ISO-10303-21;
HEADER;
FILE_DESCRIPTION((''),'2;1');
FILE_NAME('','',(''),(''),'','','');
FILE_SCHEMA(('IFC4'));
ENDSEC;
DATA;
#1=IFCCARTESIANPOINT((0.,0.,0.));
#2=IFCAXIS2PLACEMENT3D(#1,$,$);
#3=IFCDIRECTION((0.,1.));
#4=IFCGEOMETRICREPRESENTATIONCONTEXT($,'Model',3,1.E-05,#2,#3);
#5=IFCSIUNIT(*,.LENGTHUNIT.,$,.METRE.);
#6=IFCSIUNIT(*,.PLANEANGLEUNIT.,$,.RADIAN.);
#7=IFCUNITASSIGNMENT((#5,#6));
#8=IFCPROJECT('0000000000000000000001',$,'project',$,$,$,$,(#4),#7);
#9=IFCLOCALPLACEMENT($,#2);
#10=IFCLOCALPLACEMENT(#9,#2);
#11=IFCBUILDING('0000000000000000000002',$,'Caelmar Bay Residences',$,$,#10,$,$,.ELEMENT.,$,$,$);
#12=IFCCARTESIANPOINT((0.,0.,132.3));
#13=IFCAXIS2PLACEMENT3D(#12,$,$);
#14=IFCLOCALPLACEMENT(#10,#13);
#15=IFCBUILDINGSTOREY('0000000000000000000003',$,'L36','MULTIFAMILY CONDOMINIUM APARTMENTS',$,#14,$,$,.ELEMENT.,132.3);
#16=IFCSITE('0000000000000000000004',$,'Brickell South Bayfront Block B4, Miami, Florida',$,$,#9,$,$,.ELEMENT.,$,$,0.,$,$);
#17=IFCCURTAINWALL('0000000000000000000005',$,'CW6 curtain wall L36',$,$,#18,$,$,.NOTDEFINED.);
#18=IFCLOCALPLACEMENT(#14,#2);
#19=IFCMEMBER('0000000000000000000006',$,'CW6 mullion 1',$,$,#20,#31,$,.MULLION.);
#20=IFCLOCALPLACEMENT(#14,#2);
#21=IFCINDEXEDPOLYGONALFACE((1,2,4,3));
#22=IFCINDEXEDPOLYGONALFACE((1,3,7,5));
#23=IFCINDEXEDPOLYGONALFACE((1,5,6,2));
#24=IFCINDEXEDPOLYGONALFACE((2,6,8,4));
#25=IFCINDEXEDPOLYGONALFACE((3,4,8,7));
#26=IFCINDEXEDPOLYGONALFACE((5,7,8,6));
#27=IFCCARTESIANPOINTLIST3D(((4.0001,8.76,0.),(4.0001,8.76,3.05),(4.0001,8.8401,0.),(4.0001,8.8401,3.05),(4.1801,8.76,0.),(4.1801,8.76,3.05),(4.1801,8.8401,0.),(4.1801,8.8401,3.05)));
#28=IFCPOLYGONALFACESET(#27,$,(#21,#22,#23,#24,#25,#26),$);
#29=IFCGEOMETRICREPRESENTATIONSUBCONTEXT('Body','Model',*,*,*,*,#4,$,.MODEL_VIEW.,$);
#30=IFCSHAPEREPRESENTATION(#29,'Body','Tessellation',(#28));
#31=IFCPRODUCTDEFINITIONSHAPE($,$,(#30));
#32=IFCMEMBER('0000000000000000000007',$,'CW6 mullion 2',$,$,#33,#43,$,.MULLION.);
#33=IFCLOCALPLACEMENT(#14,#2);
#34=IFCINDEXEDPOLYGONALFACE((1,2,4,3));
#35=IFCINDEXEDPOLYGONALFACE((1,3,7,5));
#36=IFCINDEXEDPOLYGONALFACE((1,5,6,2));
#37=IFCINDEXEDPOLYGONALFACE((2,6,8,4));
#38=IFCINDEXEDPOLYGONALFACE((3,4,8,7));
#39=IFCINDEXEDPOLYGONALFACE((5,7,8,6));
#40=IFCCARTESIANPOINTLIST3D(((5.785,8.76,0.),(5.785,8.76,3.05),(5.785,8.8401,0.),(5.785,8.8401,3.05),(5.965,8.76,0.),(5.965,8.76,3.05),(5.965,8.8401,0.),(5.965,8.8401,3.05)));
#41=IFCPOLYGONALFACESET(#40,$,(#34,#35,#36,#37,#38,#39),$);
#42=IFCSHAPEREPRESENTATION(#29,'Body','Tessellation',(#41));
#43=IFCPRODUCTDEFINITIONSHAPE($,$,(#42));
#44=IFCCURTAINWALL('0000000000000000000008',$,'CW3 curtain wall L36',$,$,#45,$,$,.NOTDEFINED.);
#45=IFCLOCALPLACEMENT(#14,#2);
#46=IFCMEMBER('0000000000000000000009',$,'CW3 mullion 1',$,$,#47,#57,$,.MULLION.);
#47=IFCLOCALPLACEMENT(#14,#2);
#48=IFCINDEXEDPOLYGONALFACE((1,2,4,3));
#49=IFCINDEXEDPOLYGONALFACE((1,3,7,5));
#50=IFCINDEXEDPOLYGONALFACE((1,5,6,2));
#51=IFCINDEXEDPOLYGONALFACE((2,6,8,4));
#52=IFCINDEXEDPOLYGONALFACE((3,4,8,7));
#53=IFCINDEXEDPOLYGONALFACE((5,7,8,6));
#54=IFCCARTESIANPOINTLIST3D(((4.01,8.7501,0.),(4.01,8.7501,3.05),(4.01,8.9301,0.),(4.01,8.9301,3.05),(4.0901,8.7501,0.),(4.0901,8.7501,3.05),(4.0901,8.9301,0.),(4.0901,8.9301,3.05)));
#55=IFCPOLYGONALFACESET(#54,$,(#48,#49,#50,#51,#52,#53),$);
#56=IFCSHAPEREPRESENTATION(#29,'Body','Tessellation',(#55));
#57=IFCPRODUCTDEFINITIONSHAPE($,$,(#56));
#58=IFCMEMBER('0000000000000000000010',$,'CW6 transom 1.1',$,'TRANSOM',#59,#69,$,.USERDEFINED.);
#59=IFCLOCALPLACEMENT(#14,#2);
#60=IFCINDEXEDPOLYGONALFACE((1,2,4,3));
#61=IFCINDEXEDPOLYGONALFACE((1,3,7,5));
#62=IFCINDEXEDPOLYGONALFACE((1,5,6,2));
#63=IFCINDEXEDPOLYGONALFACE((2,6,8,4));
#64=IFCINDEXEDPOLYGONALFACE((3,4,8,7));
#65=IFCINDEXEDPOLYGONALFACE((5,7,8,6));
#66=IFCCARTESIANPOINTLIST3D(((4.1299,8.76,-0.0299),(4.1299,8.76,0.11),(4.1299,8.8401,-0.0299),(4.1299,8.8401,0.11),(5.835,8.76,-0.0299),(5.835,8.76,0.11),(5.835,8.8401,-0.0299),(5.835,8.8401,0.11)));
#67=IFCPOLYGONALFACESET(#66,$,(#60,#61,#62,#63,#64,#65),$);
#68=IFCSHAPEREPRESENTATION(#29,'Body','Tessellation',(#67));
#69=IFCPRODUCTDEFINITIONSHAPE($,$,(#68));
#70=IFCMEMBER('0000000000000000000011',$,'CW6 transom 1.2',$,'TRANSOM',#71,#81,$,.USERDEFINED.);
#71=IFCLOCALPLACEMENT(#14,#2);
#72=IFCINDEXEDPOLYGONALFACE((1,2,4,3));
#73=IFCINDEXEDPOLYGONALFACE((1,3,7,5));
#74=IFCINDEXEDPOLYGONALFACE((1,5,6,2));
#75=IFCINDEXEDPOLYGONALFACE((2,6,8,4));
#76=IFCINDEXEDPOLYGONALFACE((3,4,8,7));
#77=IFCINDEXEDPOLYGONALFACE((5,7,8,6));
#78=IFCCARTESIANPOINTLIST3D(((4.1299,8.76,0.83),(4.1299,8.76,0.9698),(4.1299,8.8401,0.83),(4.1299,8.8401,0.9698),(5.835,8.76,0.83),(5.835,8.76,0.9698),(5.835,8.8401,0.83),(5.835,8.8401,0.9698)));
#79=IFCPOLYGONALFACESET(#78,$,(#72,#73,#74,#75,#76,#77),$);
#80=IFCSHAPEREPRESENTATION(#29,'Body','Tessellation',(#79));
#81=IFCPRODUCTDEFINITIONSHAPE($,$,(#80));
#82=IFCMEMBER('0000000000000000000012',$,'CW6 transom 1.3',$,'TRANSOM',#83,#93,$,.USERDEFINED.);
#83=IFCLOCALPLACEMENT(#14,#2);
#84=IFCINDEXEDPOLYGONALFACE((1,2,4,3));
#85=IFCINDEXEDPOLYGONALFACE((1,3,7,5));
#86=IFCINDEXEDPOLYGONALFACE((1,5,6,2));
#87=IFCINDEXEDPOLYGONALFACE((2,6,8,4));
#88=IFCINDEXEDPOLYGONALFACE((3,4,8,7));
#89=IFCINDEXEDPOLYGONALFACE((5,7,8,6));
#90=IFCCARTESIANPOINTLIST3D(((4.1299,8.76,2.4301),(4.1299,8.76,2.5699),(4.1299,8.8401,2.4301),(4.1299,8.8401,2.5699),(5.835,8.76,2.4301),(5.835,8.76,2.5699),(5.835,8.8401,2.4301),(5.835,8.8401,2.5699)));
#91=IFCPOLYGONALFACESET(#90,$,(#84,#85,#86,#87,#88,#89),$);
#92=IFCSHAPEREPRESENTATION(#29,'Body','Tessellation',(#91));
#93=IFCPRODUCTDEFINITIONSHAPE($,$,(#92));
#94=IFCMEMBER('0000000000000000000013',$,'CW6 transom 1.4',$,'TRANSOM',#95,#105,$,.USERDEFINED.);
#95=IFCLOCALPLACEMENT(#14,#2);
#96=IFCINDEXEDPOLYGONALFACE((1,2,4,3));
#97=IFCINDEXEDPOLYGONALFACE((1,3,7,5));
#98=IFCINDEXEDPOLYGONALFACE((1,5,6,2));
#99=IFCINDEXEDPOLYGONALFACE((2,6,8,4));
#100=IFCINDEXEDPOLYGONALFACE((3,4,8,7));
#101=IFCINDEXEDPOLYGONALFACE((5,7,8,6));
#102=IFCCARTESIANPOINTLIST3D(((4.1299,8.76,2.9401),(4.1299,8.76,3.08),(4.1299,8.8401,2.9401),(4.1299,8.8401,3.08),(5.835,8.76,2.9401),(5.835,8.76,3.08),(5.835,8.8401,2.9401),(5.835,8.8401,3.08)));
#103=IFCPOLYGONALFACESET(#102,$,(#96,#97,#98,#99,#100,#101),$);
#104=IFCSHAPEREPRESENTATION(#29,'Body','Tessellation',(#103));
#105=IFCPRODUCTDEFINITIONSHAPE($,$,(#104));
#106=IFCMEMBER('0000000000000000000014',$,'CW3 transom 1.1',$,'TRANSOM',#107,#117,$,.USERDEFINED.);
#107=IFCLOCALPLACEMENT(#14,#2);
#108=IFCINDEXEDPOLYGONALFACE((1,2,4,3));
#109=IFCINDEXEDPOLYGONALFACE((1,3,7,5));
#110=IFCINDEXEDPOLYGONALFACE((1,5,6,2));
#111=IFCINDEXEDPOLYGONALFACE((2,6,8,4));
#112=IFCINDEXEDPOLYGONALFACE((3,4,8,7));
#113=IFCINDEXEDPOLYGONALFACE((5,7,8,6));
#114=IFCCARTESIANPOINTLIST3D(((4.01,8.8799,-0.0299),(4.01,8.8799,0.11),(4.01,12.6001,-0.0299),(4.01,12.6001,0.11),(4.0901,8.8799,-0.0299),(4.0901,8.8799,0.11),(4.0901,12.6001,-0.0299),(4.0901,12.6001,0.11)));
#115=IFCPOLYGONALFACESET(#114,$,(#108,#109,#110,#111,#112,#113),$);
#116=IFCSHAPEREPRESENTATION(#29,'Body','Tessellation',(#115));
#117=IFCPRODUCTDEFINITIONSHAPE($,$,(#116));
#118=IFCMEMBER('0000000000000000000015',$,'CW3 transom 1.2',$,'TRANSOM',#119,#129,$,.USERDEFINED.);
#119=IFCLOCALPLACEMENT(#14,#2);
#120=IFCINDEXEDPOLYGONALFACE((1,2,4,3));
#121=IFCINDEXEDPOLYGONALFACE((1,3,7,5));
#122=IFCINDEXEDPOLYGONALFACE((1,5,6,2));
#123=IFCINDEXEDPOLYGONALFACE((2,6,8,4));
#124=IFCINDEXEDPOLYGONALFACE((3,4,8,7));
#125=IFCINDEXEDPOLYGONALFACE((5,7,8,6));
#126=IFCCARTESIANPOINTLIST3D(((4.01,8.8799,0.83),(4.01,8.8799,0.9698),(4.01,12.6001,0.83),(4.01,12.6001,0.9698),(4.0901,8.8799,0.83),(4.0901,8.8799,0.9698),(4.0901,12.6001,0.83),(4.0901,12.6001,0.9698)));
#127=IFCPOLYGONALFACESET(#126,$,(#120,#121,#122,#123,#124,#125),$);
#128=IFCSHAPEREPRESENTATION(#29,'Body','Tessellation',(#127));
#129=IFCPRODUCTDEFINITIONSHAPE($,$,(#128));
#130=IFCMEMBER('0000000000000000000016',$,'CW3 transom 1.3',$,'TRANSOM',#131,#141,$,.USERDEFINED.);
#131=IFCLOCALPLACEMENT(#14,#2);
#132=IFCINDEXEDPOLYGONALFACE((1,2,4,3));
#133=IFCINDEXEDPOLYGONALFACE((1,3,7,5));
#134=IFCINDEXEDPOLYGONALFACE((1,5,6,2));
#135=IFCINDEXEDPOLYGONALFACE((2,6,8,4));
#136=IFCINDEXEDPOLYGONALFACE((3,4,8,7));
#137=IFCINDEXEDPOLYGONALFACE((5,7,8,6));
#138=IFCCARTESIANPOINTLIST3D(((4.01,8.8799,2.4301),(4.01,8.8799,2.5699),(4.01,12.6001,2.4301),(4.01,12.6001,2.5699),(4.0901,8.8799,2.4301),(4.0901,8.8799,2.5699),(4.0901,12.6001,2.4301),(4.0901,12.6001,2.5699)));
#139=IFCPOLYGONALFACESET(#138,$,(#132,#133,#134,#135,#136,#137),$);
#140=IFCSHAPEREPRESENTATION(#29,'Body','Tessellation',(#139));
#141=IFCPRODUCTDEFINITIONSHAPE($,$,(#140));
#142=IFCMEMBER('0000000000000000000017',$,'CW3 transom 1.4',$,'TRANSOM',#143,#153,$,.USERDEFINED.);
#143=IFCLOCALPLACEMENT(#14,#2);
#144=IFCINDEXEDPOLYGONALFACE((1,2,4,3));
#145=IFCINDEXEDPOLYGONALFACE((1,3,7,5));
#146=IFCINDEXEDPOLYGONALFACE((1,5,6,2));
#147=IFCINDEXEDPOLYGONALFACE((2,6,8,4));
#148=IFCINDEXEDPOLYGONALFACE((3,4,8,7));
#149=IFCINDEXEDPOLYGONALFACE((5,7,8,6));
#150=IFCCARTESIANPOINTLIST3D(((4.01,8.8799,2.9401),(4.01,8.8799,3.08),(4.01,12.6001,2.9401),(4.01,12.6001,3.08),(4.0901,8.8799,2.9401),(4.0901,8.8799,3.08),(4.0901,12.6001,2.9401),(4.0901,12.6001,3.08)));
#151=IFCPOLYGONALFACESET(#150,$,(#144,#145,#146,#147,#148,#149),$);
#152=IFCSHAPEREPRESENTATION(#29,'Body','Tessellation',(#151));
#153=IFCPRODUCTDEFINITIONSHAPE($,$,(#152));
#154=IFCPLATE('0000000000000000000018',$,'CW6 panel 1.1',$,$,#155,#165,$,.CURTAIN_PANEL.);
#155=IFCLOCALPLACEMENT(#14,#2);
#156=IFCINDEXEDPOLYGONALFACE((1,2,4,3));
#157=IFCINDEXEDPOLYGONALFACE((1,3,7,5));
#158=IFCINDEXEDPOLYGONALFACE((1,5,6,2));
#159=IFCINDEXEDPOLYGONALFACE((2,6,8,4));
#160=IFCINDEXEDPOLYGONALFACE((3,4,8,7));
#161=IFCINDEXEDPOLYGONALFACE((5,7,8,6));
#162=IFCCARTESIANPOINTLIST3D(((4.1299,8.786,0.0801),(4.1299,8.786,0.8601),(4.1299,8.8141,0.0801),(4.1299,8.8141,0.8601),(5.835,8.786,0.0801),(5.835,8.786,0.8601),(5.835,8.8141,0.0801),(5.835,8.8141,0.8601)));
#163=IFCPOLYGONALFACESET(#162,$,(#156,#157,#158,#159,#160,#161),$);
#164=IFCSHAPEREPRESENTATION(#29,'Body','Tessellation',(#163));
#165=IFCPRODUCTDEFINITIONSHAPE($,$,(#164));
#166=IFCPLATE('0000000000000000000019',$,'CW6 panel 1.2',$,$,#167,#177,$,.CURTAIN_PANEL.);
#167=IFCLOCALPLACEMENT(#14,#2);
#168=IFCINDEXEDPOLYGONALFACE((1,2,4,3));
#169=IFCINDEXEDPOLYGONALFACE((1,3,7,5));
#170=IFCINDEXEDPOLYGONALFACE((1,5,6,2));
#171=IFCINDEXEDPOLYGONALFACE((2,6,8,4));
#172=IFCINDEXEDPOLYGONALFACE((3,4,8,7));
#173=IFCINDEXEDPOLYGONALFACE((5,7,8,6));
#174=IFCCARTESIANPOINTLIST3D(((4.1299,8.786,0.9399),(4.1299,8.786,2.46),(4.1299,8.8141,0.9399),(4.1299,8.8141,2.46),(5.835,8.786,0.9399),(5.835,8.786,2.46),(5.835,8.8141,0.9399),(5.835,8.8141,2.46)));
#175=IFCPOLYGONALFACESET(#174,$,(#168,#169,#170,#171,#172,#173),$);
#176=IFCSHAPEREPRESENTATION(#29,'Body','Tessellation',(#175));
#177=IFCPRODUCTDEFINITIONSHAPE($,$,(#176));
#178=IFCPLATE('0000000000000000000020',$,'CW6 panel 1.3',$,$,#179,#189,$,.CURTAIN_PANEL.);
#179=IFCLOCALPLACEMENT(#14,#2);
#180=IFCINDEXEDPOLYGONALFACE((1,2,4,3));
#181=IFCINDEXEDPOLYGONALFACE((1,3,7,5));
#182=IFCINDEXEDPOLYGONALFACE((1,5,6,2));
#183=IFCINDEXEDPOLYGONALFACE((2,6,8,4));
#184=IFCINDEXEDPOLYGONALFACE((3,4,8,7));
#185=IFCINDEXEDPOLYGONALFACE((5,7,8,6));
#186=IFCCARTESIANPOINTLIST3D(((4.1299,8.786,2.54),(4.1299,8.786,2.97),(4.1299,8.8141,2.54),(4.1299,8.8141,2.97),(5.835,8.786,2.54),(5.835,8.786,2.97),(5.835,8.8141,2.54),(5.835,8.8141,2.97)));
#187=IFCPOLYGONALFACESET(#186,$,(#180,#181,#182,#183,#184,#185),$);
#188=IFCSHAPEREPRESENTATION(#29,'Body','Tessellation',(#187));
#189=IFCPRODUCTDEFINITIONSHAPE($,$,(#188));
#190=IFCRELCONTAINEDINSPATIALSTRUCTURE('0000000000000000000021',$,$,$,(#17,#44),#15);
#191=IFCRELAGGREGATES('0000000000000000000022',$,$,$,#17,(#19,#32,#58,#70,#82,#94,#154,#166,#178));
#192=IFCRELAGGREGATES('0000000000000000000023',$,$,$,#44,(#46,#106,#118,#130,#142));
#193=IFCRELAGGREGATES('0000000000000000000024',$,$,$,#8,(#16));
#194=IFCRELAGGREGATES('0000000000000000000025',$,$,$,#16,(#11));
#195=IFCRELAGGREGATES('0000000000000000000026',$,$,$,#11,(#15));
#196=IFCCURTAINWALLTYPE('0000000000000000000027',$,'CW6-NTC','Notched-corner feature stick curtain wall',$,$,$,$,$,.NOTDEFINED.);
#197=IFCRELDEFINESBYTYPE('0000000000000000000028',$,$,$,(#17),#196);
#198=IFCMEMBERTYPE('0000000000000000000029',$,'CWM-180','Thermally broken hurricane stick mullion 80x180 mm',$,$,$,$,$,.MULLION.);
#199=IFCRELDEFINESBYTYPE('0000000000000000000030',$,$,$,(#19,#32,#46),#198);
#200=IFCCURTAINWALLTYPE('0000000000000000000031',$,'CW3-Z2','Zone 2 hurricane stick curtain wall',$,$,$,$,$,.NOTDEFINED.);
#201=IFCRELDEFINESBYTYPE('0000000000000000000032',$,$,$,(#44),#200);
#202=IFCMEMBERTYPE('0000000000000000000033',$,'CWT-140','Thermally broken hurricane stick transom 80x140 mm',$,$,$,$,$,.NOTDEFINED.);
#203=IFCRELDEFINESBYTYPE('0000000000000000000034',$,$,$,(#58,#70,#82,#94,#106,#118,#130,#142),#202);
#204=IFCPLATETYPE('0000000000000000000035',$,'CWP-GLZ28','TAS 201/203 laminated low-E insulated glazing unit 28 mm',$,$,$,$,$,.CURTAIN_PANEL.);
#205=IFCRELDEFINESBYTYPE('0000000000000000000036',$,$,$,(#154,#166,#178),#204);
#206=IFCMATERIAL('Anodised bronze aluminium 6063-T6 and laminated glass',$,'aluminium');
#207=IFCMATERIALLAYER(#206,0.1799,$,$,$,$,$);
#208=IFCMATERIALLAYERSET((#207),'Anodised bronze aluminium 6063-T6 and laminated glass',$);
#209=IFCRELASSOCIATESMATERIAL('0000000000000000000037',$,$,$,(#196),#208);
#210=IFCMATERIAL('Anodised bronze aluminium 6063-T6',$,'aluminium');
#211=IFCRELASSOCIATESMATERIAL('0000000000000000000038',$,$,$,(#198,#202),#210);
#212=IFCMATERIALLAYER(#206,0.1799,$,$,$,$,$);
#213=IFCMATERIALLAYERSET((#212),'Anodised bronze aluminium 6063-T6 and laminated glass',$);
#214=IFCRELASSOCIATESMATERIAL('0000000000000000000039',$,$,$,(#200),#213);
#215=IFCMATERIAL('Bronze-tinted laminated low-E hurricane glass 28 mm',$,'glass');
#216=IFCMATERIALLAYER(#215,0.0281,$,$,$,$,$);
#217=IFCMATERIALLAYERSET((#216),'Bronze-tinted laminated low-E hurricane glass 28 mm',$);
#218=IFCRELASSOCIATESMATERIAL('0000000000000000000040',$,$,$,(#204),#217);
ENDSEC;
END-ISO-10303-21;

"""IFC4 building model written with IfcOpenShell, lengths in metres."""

from ifc_helpers import new_model, si_unit, direction, frame, origin, origin_2d, place, context, subcontext, project, spatial, rectangle, extrude, material, layer, layer_set, material_profile, profile_set, type_object, element, aggregate, save


model = new_model("IFC4")

# Units and contexts
model_context = context("Model", 3, precision=1e-05, world=origin(), true_north=direction((0.0, 1.0)))
body_context = subcontext(model_context, "Body", "Model", "MODEL_VIEW")
ifc_project = project(units=[si_unit("LENGTHUNIT", "METRE"), si_unit("PLANEANGLEUNIT", "RADIAN")], contexts=[model_context])

# Site, building, storey
site_placement = place(None, origin())
site = spatial("IfcSite", under=ifc_project, at=site_placement, Name="Brickell South Bayfront Block B4, Miami, Florida", CompositionType="ELEMENT", RefElevation=0.0)
building_placement = place(site_placement, origin())
building = spatial("IfcBuilding", under=site, at=building_placement, Name="Caelmar Bay Residences", CompositionType="ELEMENT")
storey_placement = place(building_placement, frame((0.0, 0.0, 132.3)))
storey = spatial("IfcBuildingStorey", under=building, at=storey_placement, Name="L36", Description="MULTIFAMILY CONDOMINIUM APARTMENTS", CompositionType="ELEMENT", Elevation=132.3)

# Curtain wall, members
ifc_material_1 = material(Name="Anodised bronze aluminium 6063-T6 and laminated glass", Category="aluminium")
ifc_layer_1 = layer(ifc_material_1, 0.1799)
ifc_layer_set_1 = layer_set([ifc_layer_1], Name="Anodised bronze aluminium 6063-T6 and laminated glass")
curtain_wall_type_1 = type_object("IfcCurtainWallType", Name="CW6-NTC", Description="Notched-corner feature stick curtain wall", PredefinedType="NOTDEFINED", material=ifc_layer_set_1)
curtain_wall_1_placement = place(storey_placement, origin())
curtain_wall_1 = element("IfcCurtainWall", 1, at=curtain_wall_1_placement, inside=storey, type_object=curtain_wall_type_1, Name="CW6 curtain wall L36", PredefinedType="NOTDEFINED")
ifc_material_2 = material(Name="Anodised bronze aluminium 6063-T6", Category="aluminium")
ifc_material_profile_1 = material_profile(ifc_material_2, rectangle(XDim=0.0801, YDim=0.1799, at=origin_2d()), Name="CWM-80X180")
ifc_profile_set_1 = profile_set([ifc_material_profile_1], Name="Anodised bronze aluminium 6063-T6")
member_type_1 = type_object("IfcMemberType", Name="CWM-180", Description="Thermally broken hurricane stick mullion 80x180 mm", PredefinedType="MULLION", material=ifc_profile_set_1)
member_1_placement = place(storey_placement, frame((4.0901, 8.8, 0.0), z_axis=(0.0, 0.0, 1.0), x_axis=(0.0, 1.0, 0.0)))
member_1 = element("IfcMember", 2, at=member_1_placement, type_object=member_type_1, Name="CW6 mullion 1", PredefinedType="MULLION", context=body_context, shape_type="SweptSolid", body=[
    extrude(rectangle(XDim=0.0801, YDim=0.1799, at=origin_2d()), origin(), (0.0, 0.0, 1.0), 3.05),
])
member_2_placement = place(storey_placement, frame((5.875, 8.8, 0.0), z_axis=(0.0, 0.0, 1.0), x_axis=(0.0, 1.0, 0.0)))
member_2 = element("IfcMember", 3, at=member_2_placement, type_object=member_type_1, Name="CW6 mullion 2", PredefinedType="MULLION", context=body_context, shape_type="SweptSolid", body=[
    extrude(rectangle(XDim=0.0801, YDim=0.1799, at=origin_2d()), origin(), (0.0, 0.0, 1.0), 3.05),
])

# Curtain wall, member
ifc_layer_2 = layer(ifc_material_1, 0.1799)
ifc_layer_set_2 = layer_set([ifc_layer_2], Name="Anodised bronze aluminium 6063-T6 and laminated glass")
curtain_wall_type_2 = type_object("IfcCurtainWallType", Name="CW3-Z2", Description="Zone 2 hurricane stick curtain wall", PredefinedType="NOTDEFINED", material=ifc_layer_set_2)
curtain_wall_2_placement = place(storey_placement, origin())
curtain_wall_2 = element("IfcCurtainWall", 4, at=curtain_wall_2_placement, inside=storey, type_object=curtain_wall_type_2, Name="CW3 curtain wall L36", PredefinedType="NOTDEFINED")
member_3_placement = place(storey_placement, frame((4.05, 8.8401, 0.0), z_axis=(0.0, 0.0, 1.0), x_axis=(-1.0, 0.0, 0.0)))
member_3 = element("IfcMember", 5, at=member_3_placement, type_object=member_type_1, Name="CW3 mullion 1", PredefinedType="MULLION", context=body_context, shape_type="SweptSolid", body=[
    extrude(rectangle(XDim=0.0801, YDim=0.1799, at=origin_2d()), origin(), (0.0, 0.0, 1.0), 3.05),
])

# Members
ifc_material_profile_2 = material_profile(ifc_material_2, rectangle(XDim=0.0801, YDim=0.1399, at=origin_2d()), Name="CWT-80X140")
ifc_profile_set_2 = profile_set([ifc_material_profile_2], Name="Anodised bronze aluminium 6063-T6")
member_type_2 = type_object("IfcMemberType", Name="CWT-140", Description="Thermally broken hurricane stick transom 80x140 mm", PredefinedType="NOTDEFINED", material=ifc_profile_set_2)
member_4_placement = place(storey_placement, frame((4.1299, 8.8, 0.04), z_axis=(1.0, 0.0, 0.0), x_axis=(0.0, 1.0, 0.0)))
member_4 = element("IfcMember", 6, at=member_4_placement, type_object=member_type_2, Name="CW6 transom 1.1", ObjectType="TRANSOM", PredefinedType="USERDEFINED", context=body_context, shape_type="SweptSolid", body=[
    extrude(rectangle(XDim=0.0801, YDim=0.1399, at=origin_2d()), origin(), (0.0, 0.0, 1.0), 1.7051),
])
member_5_placement = place(storey_placement, frame((4.1299, 8.8, 0.8999), z_axis=(1.0, 0.0, 0.0), x_axis=(0.0, 1.0, 0.0)))
member_5 = element("IfcMember", 7, at=member_5_placement, type_object=member_type_2, Name="CW6 transom 1.2", ObjectType="TRANSOM", PredefinedType="USERDEFINED", context=body_context, shape_type="SweptSolid", body=[
    extrude(rectangle(XDim=0.0801, YDim=0.1399, at=origin_2d()), origin(), (0.0, 0.0, 1.0), 1.7051),
])
member_6_placement = place(storey_placement, frame((4.1299, 8.8, 2.5), z_axis=(1.0, 0.0, 0.0), x_axis=(0.0, 1.0, 0.0)))
member_6 = element("IfcMember", 8, at=member_6_placement, type_object=member_type_2, Name="CW6 transom 1.3", ObjectType="TRANSOM", PredefinedType="USERDEFINED", context=body_context, shape_type="SweptSolid", body=[
    extrude(rectangle(XDim=0.0801, YDim=0.1399, at=origin_2d()), origin(), (0.0, 0.0, 1.0), 1.7051),
])
member_7_placement = place(storey_placement, frame((4.1299, 8.8, 3.01), z_axis=(1.0, 0.0, 0.0), x_axis=(0.0, 1.0, 0.0)))
member_7 = element("IfcMember", 9, at=member_7_placement, type_object=member_type_2, Name="CW6 transom 1.4", ObjectType="TRANSOM", PredefinedType="USERDEFINED", context=body_context, shape_type="SweptSolid", body=[
    extrude(rectangle(XDim=0.0801, YDim=0.1399, at=origin_2d()), origin(), (0.0, 0.0, 1.0), 1.7051),
])
member_8_placement = place(storey_placement, frame((4.05, 8.8799, 0.04), z_axis=(0.0, 1.0, 0.0), x_axis=(-1.0, 0.0, 0.0)))
member_8 = element("IfcMember", 10, at=member_8_placement, type_object=member_type_2, Name="CW3 transom 1.1", ObjectType="TRANSOM", PredefinedType="USERDEFINED", context=body_context, shape_type="SweptSolid", body=[
    extrude(rectangle(XDim=0.0801, YDim=0.1399, at=origin_2d()), origin(), (0.0, 0.0, 1.0), 3.7202),
])
member_9_placement = place(storey_placement, frame((4.05, 8.8799, 0.8999), z_axis=(0.0, 1.0, 0.0), x_axis=(-1.0, 0.0, 0.0)))
member_9 = element("IfcMember", 11, at=member_9_placement, type_object=member_type_2, Name="CW3 transom 1.2", ObjectType="TRANSOM", PredefinedType="USERDEFINED", context=body_context, shape_type="SweptSolid", body=[
    extrude(rectangle(XDim=0.0801, YDim=0.1399, at=origin_2d()), origin(), (0.0, 0.0, 1.0), 3.7202),
])
member_10_placement = place(storey_placement, frame((4.05, 8.8799, 2.5), z_axis=(0.0, 1.0, 0.0), x_axis=(-1.0, 0.0, 0.0)))
member_10 = element("IfcMember", 12, at=member_10_placement, type_object=member_type_2, Name="CW3 transom 1.3", ObjectType="TRANSOM", PredefinedType="USERDEFINED", context=body_context, shape_type="SweptSolid", body=[
    extrude(rectangle(XDim=0.0801, YDim=0.1399, at=origin_2d()), origin(), (0.0, 0.0, 1.0), 3.7202),
])
member_11_placement = place(storey_placement, frame((4.05, 8.8799, 3.01), z_axis=(0.0, 1.0, 0.0), x_axis=(-1.0, 0.0, 0.0)))
member_11 = element("IfcMember", 13, at=member_11_placement, type_object=member_type_2, Name="CW3 transom 1.4", ObjectType="TRANSOM", PredefinedType="USERDEFINED", context=body_context, shape_type="SweptSolid", body=[
    extrude(rectangle(XDim=0.0801, YDim=0.1399, at=origin_2d()), origin(), (0.0, 0.0, 1.0), 3.7202),
])

# Plates
ifc_material_3 = material(Name="Bronze-tinted laminated low-E hurricane glass 28 mm", Category="glass")
ifc_layer_3 = layer(ifc_material_3, 0.0281)
ifc_layer_set_3 = layer_set([ifc_layer_3], Name="Bronze-tinted laminated low-E hurricane glass 28 mm")
plate_type = type_object("IfcPlateType", Name="CWP-GLZ28", Description="TAS 201/203 laminated low-E insulated glazing unit 28 mm", PredefinedType="CURTAIN_PANEL", material=ifc_layer_set_3)
plate_1_placement = place(storey_placement, frame((4.9824, 8.8, 0.0801), z_axis=(0.0, 0.0, 1.0), x_axis=(1.0, 0.0, 0.0)))
plate_1 = element("IfcPlate", 14, at=plate_1_placement, type_object=plate_type, Name="CW6 panel 1.1", PredefinedType="CURTAIN_PANEL", context=body_context, shape_type="SweptSolid", body=[
    extrude(rectangle(XDim=1.7051, YDim=0.0281, at=origin_2d()), origin(), (0.0, 0.0, 1.0), 0.78),
])
plate_2_placement = place(storey_placement, frame((4.9824, 8.8, 0.9399), z_axis=(0.0, 0.0, 1.0), x_axis=(1.0, 0.0, 0.0)))
plate_2 = element("IfcPlate", 15, at=plate_2_placement, type_object=plate_type, Name="CW6 panel 1.2", PredefinedType="CURTAIN_PANEL", context=body_context, shape_type="SweptSolid", body=[
    extrude(rectangle(XDim=1.7051, YDim=0.0281, at=origin_2d()), origin(), (0.0, 0.0, 1.0), 1.52),
])
plate_3_placement = place(storey_placement, frame((4.9824, 8.8, 2.54), z_axis=(0.0, 0.0, 1.0), x_axis=(1.0, 0.0, 0.0)))
plate_3 = element("IfcPlate", 16, at=plate_3_placement, type_object=plate_type, Name="CW6 panel 1.3", PredefinedType="CURTAIN_PANEL", context=body_context, shape_type="SweptSolid", body=[
    extrude(rectangle(XDim=1.7051, YDim=0.0281, at=origin_2d()), origin(), (0.0, 0.0, 1.0), 0.4299),
])
aggregate(curtain_wall_1, [member_1, member_2, member_4, member_5, member_6, member_7, plate_1, plate_2, plate_3])
aggregate(curtain_wall_2, [member_3, member_8, member_9, member_10, member_11])

save(model, "model.ifc")
